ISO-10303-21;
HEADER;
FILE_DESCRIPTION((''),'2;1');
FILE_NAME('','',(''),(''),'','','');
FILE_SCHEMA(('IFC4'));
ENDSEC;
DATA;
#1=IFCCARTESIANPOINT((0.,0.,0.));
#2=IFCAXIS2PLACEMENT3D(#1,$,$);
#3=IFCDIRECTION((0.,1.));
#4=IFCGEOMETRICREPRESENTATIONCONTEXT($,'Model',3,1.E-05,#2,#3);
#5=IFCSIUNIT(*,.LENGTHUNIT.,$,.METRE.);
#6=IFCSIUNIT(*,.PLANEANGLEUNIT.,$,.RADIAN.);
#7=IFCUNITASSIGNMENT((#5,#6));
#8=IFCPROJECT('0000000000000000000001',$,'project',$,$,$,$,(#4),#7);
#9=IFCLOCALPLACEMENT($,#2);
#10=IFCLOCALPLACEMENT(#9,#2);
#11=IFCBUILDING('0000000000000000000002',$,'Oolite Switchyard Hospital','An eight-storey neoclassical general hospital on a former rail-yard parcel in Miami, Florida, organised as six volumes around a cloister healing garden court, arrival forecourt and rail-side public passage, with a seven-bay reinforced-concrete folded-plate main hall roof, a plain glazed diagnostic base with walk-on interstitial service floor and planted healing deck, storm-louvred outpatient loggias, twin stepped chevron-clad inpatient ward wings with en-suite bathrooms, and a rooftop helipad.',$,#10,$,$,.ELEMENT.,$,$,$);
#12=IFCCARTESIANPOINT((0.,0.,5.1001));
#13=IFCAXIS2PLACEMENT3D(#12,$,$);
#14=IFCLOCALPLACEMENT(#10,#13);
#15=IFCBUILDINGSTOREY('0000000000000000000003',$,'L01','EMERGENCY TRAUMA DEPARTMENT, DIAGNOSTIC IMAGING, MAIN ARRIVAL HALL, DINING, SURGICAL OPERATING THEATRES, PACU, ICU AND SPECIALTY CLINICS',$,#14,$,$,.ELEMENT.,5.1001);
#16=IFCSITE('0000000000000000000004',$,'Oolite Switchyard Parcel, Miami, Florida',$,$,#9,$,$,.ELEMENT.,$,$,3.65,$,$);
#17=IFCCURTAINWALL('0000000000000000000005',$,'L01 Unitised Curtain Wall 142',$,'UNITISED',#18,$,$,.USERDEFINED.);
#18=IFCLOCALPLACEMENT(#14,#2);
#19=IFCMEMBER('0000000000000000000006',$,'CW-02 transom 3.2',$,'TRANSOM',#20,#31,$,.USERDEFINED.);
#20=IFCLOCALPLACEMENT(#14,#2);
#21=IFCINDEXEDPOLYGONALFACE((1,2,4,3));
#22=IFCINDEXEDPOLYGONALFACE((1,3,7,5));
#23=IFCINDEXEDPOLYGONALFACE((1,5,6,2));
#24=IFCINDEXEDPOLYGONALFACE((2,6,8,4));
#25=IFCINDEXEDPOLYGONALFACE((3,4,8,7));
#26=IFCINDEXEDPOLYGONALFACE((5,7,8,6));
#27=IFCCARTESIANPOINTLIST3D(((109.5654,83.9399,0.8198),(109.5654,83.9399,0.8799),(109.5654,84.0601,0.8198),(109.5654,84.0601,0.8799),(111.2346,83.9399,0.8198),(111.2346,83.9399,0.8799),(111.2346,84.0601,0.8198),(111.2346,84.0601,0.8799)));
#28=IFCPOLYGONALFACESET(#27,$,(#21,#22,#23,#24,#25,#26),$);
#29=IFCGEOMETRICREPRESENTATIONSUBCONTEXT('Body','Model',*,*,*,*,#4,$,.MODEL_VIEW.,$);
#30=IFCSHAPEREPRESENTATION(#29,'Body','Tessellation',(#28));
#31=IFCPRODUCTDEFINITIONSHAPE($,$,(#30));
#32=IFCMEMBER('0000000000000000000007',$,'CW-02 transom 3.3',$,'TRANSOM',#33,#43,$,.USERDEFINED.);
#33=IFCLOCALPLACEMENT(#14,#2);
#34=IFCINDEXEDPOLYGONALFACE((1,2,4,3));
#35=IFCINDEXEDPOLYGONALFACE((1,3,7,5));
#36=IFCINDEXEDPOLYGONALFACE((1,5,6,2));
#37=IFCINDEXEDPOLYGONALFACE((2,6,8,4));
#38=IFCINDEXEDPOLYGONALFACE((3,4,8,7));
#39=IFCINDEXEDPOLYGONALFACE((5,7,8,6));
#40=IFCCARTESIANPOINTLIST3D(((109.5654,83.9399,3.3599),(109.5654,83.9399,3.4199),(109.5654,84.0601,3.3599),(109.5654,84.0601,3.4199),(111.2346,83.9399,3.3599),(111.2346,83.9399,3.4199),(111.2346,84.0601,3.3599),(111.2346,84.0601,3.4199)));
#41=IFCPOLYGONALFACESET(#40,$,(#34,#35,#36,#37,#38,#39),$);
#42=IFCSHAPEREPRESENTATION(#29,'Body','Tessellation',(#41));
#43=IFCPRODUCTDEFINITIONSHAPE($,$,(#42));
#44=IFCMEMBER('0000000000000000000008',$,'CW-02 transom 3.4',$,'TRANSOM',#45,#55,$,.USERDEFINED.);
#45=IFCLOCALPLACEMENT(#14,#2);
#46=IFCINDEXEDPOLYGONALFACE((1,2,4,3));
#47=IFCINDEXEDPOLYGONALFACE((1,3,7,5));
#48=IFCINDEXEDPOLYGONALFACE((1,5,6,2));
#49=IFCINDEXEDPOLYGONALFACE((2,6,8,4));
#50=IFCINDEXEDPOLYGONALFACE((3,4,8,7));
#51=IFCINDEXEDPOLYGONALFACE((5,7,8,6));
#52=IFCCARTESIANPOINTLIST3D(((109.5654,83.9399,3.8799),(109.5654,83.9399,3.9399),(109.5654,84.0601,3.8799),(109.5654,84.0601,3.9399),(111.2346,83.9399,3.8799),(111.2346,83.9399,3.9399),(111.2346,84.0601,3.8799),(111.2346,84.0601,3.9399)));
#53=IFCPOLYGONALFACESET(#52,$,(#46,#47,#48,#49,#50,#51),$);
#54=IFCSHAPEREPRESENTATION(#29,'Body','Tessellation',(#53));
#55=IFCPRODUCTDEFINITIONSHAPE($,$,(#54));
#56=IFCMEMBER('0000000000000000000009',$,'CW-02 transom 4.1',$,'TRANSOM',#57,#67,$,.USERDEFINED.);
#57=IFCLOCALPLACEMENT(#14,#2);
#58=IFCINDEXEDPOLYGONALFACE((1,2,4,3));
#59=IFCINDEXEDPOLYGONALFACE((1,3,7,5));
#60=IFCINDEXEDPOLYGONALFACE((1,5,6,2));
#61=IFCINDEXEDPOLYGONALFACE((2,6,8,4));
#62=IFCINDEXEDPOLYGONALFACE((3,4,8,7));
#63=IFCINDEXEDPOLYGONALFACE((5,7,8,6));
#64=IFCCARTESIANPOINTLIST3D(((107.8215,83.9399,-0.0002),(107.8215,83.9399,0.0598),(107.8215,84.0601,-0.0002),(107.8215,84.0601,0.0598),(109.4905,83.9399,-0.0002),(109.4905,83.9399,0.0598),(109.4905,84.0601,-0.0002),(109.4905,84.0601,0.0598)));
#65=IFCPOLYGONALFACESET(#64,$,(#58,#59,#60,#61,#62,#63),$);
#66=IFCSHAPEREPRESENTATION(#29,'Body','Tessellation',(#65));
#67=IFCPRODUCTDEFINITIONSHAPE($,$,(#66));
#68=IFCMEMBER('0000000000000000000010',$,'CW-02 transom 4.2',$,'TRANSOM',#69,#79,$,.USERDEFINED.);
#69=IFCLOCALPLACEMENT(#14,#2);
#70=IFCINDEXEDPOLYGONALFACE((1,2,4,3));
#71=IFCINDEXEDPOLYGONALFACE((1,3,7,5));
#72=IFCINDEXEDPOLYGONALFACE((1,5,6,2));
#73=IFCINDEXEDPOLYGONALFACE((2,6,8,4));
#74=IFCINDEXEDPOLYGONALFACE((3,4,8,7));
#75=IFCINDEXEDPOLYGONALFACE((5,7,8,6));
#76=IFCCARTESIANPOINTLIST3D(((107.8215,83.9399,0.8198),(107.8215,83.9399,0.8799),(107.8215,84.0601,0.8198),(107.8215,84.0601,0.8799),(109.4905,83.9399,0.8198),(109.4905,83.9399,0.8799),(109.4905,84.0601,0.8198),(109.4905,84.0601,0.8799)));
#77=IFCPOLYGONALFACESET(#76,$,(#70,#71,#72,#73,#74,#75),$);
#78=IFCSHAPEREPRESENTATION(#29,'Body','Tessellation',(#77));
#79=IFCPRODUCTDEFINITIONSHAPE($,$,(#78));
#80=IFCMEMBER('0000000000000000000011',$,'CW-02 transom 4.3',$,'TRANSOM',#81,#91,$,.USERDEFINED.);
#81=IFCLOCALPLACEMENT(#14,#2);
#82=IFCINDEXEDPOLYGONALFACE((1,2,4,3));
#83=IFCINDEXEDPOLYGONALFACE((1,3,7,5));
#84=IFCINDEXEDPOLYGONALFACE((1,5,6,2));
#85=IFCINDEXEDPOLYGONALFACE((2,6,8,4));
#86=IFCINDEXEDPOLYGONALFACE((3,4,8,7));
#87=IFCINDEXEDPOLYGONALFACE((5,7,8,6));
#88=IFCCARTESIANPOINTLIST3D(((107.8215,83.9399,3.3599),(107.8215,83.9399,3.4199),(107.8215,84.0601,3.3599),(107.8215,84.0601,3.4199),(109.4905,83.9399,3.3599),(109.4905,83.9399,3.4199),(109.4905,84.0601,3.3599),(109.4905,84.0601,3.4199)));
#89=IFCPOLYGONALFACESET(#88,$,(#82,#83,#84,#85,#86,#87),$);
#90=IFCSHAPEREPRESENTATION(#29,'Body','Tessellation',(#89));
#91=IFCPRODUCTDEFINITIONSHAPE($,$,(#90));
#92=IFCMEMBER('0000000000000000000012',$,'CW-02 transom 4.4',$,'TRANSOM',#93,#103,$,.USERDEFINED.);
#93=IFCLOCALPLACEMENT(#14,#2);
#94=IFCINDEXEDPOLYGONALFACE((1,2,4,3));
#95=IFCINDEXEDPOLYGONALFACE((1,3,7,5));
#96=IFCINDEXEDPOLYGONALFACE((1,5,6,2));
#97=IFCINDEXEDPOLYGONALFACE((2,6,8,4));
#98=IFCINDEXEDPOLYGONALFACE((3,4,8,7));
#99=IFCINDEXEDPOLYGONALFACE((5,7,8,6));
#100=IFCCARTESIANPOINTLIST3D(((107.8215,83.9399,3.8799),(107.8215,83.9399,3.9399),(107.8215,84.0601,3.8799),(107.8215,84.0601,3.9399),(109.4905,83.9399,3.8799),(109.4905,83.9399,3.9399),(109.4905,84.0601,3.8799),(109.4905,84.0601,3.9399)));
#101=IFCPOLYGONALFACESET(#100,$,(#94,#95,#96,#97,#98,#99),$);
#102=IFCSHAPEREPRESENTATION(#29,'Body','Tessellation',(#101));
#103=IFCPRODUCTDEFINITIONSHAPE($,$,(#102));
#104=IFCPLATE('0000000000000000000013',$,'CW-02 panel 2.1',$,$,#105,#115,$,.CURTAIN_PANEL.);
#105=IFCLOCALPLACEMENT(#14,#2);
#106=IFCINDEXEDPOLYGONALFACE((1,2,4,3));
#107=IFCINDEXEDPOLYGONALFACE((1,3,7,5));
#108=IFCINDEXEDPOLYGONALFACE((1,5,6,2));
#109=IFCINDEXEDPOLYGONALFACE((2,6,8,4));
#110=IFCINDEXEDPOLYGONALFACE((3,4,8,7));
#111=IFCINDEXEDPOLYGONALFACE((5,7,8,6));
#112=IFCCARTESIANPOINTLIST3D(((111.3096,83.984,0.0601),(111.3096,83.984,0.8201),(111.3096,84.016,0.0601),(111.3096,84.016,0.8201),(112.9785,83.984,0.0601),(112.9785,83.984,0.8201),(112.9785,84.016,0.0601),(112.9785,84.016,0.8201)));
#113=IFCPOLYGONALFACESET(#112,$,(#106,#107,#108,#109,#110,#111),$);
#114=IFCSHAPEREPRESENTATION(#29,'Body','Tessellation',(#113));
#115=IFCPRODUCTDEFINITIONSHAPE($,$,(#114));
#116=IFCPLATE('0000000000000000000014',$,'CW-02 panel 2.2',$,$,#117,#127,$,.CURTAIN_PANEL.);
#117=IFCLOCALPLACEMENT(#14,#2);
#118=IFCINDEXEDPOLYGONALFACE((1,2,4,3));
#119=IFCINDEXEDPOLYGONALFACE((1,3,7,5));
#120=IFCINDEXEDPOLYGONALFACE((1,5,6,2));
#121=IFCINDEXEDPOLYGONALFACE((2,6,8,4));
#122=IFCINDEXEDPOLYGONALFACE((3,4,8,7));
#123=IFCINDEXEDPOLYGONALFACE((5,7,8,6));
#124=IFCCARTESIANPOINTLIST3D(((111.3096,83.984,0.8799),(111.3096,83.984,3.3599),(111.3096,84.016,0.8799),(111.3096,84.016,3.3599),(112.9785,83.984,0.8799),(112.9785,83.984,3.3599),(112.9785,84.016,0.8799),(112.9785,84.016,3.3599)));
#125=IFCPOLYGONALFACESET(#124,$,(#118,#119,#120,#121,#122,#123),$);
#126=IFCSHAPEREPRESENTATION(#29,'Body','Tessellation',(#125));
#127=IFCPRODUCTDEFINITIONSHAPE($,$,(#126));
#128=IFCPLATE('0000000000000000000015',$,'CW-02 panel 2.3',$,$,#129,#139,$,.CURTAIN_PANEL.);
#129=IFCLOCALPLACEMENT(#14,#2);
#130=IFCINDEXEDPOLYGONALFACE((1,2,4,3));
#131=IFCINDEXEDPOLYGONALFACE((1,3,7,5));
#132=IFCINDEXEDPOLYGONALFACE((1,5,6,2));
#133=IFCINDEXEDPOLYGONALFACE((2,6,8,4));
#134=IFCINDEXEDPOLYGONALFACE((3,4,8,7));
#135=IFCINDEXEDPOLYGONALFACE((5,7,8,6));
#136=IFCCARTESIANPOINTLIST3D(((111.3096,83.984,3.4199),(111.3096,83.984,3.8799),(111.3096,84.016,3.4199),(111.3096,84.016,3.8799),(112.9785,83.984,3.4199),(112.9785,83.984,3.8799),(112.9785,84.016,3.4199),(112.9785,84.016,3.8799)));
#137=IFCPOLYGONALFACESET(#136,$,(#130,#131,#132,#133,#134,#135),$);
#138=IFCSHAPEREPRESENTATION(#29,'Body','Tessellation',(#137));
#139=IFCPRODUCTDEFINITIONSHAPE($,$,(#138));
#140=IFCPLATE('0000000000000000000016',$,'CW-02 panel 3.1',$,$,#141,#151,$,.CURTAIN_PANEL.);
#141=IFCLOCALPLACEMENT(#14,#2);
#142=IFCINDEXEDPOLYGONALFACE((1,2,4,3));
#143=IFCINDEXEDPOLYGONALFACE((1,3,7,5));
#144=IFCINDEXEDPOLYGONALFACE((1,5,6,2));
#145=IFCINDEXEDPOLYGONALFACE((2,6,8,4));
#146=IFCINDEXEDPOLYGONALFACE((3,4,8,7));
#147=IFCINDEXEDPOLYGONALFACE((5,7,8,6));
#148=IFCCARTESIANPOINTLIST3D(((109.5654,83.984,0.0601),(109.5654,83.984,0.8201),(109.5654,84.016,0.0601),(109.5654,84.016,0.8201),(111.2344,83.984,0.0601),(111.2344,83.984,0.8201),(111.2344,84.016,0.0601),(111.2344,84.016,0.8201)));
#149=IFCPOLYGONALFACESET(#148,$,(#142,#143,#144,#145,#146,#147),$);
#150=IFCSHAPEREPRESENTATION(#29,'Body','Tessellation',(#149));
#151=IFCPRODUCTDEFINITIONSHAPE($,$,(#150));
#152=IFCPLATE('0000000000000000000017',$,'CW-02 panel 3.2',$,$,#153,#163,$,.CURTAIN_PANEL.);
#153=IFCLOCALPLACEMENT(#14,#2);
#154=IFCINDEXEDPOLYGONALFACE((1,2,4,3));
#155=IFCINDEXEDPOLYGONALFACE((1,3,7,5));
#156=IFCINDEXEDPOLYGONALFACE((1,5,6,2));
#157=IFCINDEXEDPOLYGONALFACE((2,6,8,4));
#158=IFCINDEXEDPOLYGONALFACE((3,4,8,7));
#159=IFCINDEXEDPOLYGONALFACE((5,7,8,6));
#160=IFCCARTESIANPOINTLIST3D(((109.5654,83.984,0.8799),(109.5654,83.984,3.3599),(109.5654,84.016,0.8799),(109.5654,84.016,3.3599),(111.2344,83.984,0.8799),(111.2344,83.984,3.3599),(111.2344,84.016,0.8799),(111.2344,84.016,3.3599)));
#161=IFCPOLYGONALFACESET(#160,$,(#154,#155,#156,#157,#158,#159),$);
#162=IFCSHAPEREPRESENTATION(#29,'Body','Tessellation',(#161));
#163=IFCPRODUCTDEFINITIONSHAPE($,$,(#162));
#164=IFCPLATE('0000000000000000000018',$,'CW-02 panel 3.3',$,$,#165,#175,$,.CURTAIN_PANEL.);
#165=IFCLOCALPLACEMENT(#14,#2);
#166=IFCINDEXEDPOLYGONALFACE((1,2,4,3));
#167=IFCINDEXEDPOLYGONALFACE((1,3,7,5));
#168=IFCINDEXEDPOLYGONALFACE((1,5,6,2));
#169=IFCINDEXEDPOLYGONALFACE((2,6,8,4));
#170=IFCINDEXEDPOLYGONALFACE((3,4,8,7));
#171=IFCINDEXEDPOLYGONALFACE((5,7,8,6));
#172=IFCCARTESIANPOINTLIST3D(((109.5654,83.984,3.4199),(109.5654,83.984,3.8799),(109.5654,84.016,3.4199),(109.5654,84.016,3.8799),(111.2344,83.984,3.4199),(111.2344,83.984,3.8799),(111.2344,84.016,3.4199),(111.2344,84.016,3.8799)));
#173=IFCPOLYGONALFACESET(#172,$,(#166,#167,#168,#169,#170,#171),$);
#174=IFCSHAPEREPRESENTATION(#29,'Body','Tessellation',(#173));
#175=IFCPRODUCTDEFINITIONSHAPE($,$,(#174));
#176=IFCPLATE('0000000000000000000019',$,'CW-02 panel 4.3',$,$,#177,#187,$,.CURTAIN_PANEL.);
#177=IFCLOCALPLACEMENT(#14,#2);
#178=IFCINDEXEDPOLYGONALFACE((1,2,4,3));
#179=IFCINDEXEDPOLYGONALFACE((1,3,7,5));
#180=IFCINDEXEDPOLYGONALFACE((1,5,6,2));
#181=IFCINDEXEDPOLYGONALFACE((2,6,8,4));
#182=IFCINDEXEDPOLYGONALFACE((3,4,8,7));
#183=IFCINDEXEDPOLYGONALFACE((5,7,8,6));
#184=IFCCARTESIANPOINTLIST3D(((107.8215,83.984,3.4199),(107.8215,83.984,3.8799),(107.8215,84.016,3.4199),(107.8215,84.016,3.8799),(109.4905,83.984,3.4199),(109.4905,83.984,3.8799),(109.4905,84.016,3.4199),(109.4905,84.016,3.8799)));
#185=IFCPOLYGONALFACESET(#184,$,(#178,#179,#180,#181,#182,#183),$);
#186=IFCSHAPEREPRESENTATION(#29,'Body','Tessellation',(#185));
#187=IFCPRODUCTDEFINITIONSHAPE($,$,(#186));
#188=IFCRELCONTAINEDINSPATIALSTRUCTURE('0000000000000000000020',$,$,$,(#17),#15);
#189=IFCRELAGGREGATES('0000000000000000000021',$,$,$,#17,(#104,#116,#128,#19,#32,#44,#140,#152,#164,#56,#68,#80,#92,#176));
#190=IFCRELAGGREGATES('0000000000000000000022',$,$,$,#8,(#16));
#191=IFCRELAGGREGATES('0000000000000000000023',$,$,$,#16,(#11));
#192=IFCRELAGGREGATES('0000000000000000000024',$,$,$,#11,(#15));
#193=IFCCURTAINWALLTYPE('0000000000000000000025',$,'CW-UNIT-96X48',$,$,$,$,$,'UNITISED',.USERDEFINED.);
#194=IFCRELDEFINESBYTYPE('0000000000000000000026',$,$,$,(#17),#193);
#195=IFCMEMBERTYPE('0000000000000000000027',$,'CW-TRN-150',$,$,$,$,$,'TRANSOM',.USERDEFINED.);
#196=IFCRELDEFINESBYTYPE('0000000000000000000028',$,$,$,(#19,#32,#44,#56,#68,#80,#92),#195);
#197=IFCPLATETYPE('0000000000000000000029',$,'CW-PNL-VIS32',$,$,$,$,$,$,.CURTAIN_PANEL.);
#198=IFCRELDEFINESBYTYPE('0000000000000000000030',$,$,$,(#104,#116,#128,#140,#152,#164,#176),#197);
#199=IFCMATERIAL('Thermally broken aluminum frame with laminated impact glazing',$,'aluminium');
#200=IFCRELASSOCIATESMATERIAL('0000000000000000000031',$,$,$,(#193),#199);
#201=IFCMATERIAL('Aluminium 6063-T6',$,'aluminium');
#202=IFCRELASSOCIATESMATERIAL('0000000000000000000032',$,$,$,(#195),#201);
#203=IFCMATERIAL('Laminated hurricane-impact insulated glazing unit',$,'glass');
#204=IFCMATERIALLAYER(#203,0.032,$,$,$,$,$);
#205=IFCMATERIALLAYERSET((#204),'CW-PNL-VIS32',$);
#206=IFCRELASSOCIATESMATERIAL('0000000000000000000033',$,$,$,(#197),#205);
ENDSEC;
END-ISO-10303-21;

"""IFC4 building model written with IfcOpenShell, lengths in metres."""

from ifc_helpers import new_model, si_unit, direction, frame, origin, origin_2d, place, context, subcontext, project, spatial, rectangle, extrude, material, layer, layer_set, material_profile, profile_set, type_object, element, aggregate, save


model = new_model("IFC4")

# Units and contexts
model_context = context("Model", 3, precision=1e-05, world=origin(), true_north=direction((0.0, 1.0)))
body_context = subcontext(model_context, "Body", "Model", "MODEL_VIEW")
ifc_project = project(units=[si_unit("LENGTHUNIT", "METRE"), si_unit("PLANEANGLEUNIT", "RADIAN")], contexts=[model_context])

# Site, building, storey
site_placement = place(None, origin())
site = spatial("IfcSite", under=ifc_project, at=site_placement, Name="Oolite Switchyard Parcel, Miami, Florida", CompositionType="ELEMENT", RefElevation=3.65)
building_placement = place(site_placement, origin())
building = spatial("IfcBuilding", under=site, at=building_placement, Name="Oolite Switchyard Hospital", Description="An eight-storey neoclassical general hospital on a former rail-yard parcel in Miami, Florida, organised as six volumes around a cloister healing garden court, arrival forecourt and rail-side public passage, with a seven-bay reinforced-concrete folded-plate main hall roof, a plain glazed diagnostic base with walk-on interstitial service floor and planted healing deck, storm-louvred outpatient loggias, twin stepped chevron-clad inpatient ward wings with en-suite bathrooms, and a rooftop helipad.", CompositionType="ELEMENT")
storey_placement = place(building_placement, frame((0.0, 0.0, 5.1001)))
storey = spatial("IfcBuildingStorey", under=building, at=storey_placement, Name="L01", Description="EMERGENCY TRAUMA DEPARTMENT, DIAGNOSTIC IMAGING, MAIN ARRIVAL HALL, DINING, SURGICAL OPERATING THEATRES, PACU, ICU AND SPECIALTY CLINICS", CompositionType="ELEMENT", Elevation=5.1001)

# Curtain wall, members, plates
ifc_material_1 = material(Name="Thermally broken aluminum frame with laminated impact glazing", Category="aluminium")
curtain_wall_type = type_object("IfcCurtainWallType", Name="CW-UNIT-96X48", ElementType="UNITISED", PredefinedType="USERDEFINED", material=ifc_material_1)
curtain_wall_placement = place(storey_placement, origin())
curtain_wall = element("IfcCurtainWall", 1, at=curtain_wall_placement, inside=storey, type_object=curtain_wall_type, Name="L01 Unitised Curtain Wall 142", ObjectType="UNITISED", PredefinedType="USERDEFINED")
ifc_material_2 = material(Name="Aluminium 6063-T6", Category="aluminium")
ifc_material_profile_1 = material_profile(ifc_material_2, rectangle(XDim=0.1201, YDim=0.0601, at=origin_2d()), Name="CWT60X120")
ifc_profile_set_1 = profile_set([ifc_material_profile_1], Name="Aluminium 6063-T6")
member_type_1 = type_object("IfcMemberType", Name="CW-TRN-150", ElementType="TRANSOM", PredefinedType="USERDEFINED", material=ifc_profile_set_1)
member_1_placement = place(storey_placement, frame((111.2346, 84.0, 0.8499), z_axis=(-1.0, 0.0, 0.0), x_axis=(0.0, -1.0, 0.0)))
member_1 = element("IfcMember", 2, at=member_1_placement, type_object=member_type_1, Name="CW-02 transom 3.2", ObjectType="TRANSOM", PredefinedType="USERDEFINED", context=body_context, shape_type="SweptSolid", body=[
    extrude(rectangle(XDim=0.1201, YDim=0.0601, at=origin_2d()), origin(), (0.0, 0.0, 1.0), 1.6692),
])
member_2_placement = place(storey_placement, frame((111.2346, 84.0, 3.3899), z_axis=(-1.0, 0.0, 0.0), x_axis=(0.0, -1.0, 0.0)))
member_2 = element("IfcMember", 3, at=member_2_placement, type_object=member_type_1, Name="CW-02 transom 3.3", ObjectType="TRANSOM", PredefinedType="USERDEFINED", context=body_context, shape_type="SweptSolid", body=[
    extrude(rectangle(XDim=0.1201, YDim=0.0601, at=origin_2d()), origin(), (0.0, 0.0, 1.0), 1.6692),
])
member_3_placement = place(storey_placement, frame((111.2346, 84.0, 3.9099), z_axis=(-1.0, 0.0, 0.0), x_axis=(0.0, -1.0, 0.0)))
member_3 = element("IfcMember", 4, at=member_3_placement, type_object=member_type_1, Name="CW-02 transom 3.4", ObjectType="TRANSOM", PredefinedType="USERDEFINED", context=body_context, shape_type="SweptSolid", body=[
    extrude(rectangle(XDim=0.1201, YDim=0.0601, at=origin_2d()), origin(), (0.0, 0.0, 1.0), 1.6692),
])
member_4_placement = place(storey_placement, frame((109.4905, 84.0, 0.0298), z_axis=(-1.0, 0.0, 0.0), x_axis=(0.0, -1.0, 0.0)))
member_4 = element("IfcMember", 5, at=member_4_placement, type_object=member_type_1, Name="CW-02 transom 4.1", ObjectType="TRANSOM", PredefinedType="USERDEFINED", context=body_context, shape_type="SweptSolid", body=[
    extrude(rectangle(XDim=0.1201, YDim=0.0601, at=origin_2d()), origin(), (0.0, 0.0, 1.0), 1.6689),
])
member_5_placement = place(storey_placement, frame((109.4905, 84.0, 0.8499), z_axis=(-1.0, 0.0, 0.0), x_axis=(0.0, -1.0, 0.0)))
member_5 = element("IfcMember", 6, at=member_5_placement, type_object=member_type_1, Name="CW-02 transom 4.2", ObjectType="TRANSOM", PredefinedType="USERDEFINED", context=body_context, shape_type="SweptSolid", body=[
    extrude(rectangle(XDim=0.1201, YDim=0.0601, at=origin_2d()), origin(), (0.0, 0.0, 1.0), 1.6689),
])
member_6_placement = place(storey_placement, frame((109.4905, 84.0, 3.3899), z_axis=(-1.0, 0.0, 0.0), x_axis=(0.0, -1.0, 0.0)))
member_6 = element("IfcMember", 7, at=member_6_placement, type_object=member_type_1, Name="CW-02 transom 4.3", ObjectType="TRANSOM", PredefinedType="USERDEFINED", context=body_context, shape_type="SweptSolid", body=[
    extrude(rectangle(XDim=0.1201, YDim=0.0601, at=origin_2d()), origin(), (0.0, 0.0, 1.0), 1.6689),
])
member_7_placement = place(storey_placement, frame((109.4905, 84.0, 3.9099), z_axis=(-1.0, 0.0, 0.0), x_axis=(0.0, -1.0, 0.0)))
member_7 = element("IfcMember", 8, at=member_7_placement, type_object=member_type_1, Name="CW-02 transom 4.4", ObjectType="TRANSOM", PredefinedType="USERDEFINED", context=body_context, shape_type="SweptSolid", body=[
    extrude(rectangle(XDim=0.1201, YDim=0.0601, at=origin_2d()), origin(), (0.0, 0.0, 1.0), 1.6689),
])
ifc_material_3 = material(Name="Laminated hurricane-impact insulated glazing unit", Category="glass")
ifc_layer = layer(ifc_material_3, 0.032)
ifc_layer_set = layer_set([ifc_layer], Name="CW-PNL-VIS32")
plate_type = type_object("IfcPlateType", Name="CW-PNL-VIS32", PredefinedType="CURTAIN_PANEL", material=ifc_layer_set)
plate_1_placement = place(storey_placement, frame((112.144, 84.0, 0.0601), z_axis=(0.0, 0.0, 1.0), x_axis=(-1.0, 0.0, 0.0)))
plate_1 = element("IfcPlate", 9, at=plate_1_placement, type_object=plate_type, Name="CW-02 panel 2.1", PredefinedType="CURTAIN_PANEL", context=body_context, shape_type="SweptSolid", body=[
    extrude(rectangle(XDim=1.6689, YDim=0.032, at=origin_2d()), origin(), (0.0, 0.0, 1.0), 0.76),
])
plate_2_placement = place(storey_placement, frame((112.144, 84.0, 0.8799), z_axis=(0.0, 0.0, 1.0), x_axis=(-1.0, 0.0, 0.0)))
plate_2 = element("IfcPlate", 10, at=plate_2_placement, type_object=plate_type, Name="CW-02 panel 2.2", PredefinedType="CURTAIN_PANEL", context=body_context, shape_type="SweptSolid", body=[
    extrude(rectangle(XDim=1.6689, YDim=0.032, at=origin_2d()), origin(), (0.0, 0.0, 1.0), 2.48),
])
plate_3_placement = place(storey_placement, frame((112.144, 84.0, 3.4199), z_axis=(0.0, 0.0, 1.0), x_axis=(-1.0, 0.0, 0.0)))
plate_3 = element("IfcPlate", 11, at=plate_3_placement, type_object=plate_type, Name="CW-02 panel 2.3", PredefinedType="CURTAIN_PANEL", context=body_context, shape_type="SweptSolid", body=[
    extrude(rectangle(XDim=1.6689, YDim=0.032, at=origin_2d()), origin(), (0.0, 0.0, 1.0), 0.46),
])
plate_4_placement = place(storey_placement, frame((110.3999, 84.0, 0.0601), z_axis=(0.0, 0.0, 1.0), x_axis=(-1.0, 0.0, 0.0)))
plate_4 = element("IfcPlate", 12, at=plate_4_placement, type_object=plate_type, Name="CW-02 panel 3.1", PredefinedType="CURTAIN_PANEL", context=body_context, shape_type="SweptSolid", body=[
    extrude(rectangle(XDim=1.6689, YDim=0.032, at=origin_2d()), origin(), (0.0, 0.0, 1.0), 0.76),
])
plate_5_placement = place(storey_placement, frame((110.3999, 84.0, 0.8799), z_axis=(0.0, 0.0, 1.0), x_axis=(-1.0, 0.0, 0.0)))
plate_5 = element("IfcPlate", 13, at=plate_5_placement, type_object=plate_type, Name="CW-02 panel 3.2", PredefinedType="CURTAIN_PANEL", context=body_context, shape_type="SweptSolid", body=[
    extrude(rectangle(XDim=1.6689, YDim=0.032, at=origin_2d()), origin(), (0.0, 0.0, 1.0), 2.48),
])
plate_6_placement = place(storey_placement, frame((110.3999, 84.0, 3.4199), z_axis=(0.0, 0.0, 1.0), x_axis=(-1.0, 0.0, 0.0)))
plate_6 = element("IfcPlate", 14, at=plate_6_placement, type_object=plate_type, Name="CW-02 panel 3.3", PredefinedType="CURTAIN_PANEL", context=body_context, shape_type="SweptSolid", body=[
    extrude(rectangle(XDim=1.6689, YDim=0.032, at=origin_2d()), origin(), (0.0, 0.0, 1.0), 0.46),
])
plate_7_placement = place(storey_placement, frame((108.656, 84.0, 3.4199), z_axis=(0.0, 0.0, 1.0), x_axis=(-1.0, 0.0, 0.0)))
plate_7 = element("IfcPlate", 15, at=plate_7_placement, type_object=plate_type, Name="CW-02 panel 4.3", PredefinedType="CURTAIN_PANEL", context=body_context, shape_type="SweptSolid", body=[
    extrude(rectangle(XDim=1.6689, YDim=0.032, at=origin_2d()), origin(), (0.0, 0.0, 1.0), 0.46),
])
aggregate(curtain_wall, [plate_1, plate_2, plate_3, member_1, member_2, member_3, plate_4, plate_5, plate_6, member_4, member_5, member_6, member_7, plate_7])

save(model, "model.ifc")
